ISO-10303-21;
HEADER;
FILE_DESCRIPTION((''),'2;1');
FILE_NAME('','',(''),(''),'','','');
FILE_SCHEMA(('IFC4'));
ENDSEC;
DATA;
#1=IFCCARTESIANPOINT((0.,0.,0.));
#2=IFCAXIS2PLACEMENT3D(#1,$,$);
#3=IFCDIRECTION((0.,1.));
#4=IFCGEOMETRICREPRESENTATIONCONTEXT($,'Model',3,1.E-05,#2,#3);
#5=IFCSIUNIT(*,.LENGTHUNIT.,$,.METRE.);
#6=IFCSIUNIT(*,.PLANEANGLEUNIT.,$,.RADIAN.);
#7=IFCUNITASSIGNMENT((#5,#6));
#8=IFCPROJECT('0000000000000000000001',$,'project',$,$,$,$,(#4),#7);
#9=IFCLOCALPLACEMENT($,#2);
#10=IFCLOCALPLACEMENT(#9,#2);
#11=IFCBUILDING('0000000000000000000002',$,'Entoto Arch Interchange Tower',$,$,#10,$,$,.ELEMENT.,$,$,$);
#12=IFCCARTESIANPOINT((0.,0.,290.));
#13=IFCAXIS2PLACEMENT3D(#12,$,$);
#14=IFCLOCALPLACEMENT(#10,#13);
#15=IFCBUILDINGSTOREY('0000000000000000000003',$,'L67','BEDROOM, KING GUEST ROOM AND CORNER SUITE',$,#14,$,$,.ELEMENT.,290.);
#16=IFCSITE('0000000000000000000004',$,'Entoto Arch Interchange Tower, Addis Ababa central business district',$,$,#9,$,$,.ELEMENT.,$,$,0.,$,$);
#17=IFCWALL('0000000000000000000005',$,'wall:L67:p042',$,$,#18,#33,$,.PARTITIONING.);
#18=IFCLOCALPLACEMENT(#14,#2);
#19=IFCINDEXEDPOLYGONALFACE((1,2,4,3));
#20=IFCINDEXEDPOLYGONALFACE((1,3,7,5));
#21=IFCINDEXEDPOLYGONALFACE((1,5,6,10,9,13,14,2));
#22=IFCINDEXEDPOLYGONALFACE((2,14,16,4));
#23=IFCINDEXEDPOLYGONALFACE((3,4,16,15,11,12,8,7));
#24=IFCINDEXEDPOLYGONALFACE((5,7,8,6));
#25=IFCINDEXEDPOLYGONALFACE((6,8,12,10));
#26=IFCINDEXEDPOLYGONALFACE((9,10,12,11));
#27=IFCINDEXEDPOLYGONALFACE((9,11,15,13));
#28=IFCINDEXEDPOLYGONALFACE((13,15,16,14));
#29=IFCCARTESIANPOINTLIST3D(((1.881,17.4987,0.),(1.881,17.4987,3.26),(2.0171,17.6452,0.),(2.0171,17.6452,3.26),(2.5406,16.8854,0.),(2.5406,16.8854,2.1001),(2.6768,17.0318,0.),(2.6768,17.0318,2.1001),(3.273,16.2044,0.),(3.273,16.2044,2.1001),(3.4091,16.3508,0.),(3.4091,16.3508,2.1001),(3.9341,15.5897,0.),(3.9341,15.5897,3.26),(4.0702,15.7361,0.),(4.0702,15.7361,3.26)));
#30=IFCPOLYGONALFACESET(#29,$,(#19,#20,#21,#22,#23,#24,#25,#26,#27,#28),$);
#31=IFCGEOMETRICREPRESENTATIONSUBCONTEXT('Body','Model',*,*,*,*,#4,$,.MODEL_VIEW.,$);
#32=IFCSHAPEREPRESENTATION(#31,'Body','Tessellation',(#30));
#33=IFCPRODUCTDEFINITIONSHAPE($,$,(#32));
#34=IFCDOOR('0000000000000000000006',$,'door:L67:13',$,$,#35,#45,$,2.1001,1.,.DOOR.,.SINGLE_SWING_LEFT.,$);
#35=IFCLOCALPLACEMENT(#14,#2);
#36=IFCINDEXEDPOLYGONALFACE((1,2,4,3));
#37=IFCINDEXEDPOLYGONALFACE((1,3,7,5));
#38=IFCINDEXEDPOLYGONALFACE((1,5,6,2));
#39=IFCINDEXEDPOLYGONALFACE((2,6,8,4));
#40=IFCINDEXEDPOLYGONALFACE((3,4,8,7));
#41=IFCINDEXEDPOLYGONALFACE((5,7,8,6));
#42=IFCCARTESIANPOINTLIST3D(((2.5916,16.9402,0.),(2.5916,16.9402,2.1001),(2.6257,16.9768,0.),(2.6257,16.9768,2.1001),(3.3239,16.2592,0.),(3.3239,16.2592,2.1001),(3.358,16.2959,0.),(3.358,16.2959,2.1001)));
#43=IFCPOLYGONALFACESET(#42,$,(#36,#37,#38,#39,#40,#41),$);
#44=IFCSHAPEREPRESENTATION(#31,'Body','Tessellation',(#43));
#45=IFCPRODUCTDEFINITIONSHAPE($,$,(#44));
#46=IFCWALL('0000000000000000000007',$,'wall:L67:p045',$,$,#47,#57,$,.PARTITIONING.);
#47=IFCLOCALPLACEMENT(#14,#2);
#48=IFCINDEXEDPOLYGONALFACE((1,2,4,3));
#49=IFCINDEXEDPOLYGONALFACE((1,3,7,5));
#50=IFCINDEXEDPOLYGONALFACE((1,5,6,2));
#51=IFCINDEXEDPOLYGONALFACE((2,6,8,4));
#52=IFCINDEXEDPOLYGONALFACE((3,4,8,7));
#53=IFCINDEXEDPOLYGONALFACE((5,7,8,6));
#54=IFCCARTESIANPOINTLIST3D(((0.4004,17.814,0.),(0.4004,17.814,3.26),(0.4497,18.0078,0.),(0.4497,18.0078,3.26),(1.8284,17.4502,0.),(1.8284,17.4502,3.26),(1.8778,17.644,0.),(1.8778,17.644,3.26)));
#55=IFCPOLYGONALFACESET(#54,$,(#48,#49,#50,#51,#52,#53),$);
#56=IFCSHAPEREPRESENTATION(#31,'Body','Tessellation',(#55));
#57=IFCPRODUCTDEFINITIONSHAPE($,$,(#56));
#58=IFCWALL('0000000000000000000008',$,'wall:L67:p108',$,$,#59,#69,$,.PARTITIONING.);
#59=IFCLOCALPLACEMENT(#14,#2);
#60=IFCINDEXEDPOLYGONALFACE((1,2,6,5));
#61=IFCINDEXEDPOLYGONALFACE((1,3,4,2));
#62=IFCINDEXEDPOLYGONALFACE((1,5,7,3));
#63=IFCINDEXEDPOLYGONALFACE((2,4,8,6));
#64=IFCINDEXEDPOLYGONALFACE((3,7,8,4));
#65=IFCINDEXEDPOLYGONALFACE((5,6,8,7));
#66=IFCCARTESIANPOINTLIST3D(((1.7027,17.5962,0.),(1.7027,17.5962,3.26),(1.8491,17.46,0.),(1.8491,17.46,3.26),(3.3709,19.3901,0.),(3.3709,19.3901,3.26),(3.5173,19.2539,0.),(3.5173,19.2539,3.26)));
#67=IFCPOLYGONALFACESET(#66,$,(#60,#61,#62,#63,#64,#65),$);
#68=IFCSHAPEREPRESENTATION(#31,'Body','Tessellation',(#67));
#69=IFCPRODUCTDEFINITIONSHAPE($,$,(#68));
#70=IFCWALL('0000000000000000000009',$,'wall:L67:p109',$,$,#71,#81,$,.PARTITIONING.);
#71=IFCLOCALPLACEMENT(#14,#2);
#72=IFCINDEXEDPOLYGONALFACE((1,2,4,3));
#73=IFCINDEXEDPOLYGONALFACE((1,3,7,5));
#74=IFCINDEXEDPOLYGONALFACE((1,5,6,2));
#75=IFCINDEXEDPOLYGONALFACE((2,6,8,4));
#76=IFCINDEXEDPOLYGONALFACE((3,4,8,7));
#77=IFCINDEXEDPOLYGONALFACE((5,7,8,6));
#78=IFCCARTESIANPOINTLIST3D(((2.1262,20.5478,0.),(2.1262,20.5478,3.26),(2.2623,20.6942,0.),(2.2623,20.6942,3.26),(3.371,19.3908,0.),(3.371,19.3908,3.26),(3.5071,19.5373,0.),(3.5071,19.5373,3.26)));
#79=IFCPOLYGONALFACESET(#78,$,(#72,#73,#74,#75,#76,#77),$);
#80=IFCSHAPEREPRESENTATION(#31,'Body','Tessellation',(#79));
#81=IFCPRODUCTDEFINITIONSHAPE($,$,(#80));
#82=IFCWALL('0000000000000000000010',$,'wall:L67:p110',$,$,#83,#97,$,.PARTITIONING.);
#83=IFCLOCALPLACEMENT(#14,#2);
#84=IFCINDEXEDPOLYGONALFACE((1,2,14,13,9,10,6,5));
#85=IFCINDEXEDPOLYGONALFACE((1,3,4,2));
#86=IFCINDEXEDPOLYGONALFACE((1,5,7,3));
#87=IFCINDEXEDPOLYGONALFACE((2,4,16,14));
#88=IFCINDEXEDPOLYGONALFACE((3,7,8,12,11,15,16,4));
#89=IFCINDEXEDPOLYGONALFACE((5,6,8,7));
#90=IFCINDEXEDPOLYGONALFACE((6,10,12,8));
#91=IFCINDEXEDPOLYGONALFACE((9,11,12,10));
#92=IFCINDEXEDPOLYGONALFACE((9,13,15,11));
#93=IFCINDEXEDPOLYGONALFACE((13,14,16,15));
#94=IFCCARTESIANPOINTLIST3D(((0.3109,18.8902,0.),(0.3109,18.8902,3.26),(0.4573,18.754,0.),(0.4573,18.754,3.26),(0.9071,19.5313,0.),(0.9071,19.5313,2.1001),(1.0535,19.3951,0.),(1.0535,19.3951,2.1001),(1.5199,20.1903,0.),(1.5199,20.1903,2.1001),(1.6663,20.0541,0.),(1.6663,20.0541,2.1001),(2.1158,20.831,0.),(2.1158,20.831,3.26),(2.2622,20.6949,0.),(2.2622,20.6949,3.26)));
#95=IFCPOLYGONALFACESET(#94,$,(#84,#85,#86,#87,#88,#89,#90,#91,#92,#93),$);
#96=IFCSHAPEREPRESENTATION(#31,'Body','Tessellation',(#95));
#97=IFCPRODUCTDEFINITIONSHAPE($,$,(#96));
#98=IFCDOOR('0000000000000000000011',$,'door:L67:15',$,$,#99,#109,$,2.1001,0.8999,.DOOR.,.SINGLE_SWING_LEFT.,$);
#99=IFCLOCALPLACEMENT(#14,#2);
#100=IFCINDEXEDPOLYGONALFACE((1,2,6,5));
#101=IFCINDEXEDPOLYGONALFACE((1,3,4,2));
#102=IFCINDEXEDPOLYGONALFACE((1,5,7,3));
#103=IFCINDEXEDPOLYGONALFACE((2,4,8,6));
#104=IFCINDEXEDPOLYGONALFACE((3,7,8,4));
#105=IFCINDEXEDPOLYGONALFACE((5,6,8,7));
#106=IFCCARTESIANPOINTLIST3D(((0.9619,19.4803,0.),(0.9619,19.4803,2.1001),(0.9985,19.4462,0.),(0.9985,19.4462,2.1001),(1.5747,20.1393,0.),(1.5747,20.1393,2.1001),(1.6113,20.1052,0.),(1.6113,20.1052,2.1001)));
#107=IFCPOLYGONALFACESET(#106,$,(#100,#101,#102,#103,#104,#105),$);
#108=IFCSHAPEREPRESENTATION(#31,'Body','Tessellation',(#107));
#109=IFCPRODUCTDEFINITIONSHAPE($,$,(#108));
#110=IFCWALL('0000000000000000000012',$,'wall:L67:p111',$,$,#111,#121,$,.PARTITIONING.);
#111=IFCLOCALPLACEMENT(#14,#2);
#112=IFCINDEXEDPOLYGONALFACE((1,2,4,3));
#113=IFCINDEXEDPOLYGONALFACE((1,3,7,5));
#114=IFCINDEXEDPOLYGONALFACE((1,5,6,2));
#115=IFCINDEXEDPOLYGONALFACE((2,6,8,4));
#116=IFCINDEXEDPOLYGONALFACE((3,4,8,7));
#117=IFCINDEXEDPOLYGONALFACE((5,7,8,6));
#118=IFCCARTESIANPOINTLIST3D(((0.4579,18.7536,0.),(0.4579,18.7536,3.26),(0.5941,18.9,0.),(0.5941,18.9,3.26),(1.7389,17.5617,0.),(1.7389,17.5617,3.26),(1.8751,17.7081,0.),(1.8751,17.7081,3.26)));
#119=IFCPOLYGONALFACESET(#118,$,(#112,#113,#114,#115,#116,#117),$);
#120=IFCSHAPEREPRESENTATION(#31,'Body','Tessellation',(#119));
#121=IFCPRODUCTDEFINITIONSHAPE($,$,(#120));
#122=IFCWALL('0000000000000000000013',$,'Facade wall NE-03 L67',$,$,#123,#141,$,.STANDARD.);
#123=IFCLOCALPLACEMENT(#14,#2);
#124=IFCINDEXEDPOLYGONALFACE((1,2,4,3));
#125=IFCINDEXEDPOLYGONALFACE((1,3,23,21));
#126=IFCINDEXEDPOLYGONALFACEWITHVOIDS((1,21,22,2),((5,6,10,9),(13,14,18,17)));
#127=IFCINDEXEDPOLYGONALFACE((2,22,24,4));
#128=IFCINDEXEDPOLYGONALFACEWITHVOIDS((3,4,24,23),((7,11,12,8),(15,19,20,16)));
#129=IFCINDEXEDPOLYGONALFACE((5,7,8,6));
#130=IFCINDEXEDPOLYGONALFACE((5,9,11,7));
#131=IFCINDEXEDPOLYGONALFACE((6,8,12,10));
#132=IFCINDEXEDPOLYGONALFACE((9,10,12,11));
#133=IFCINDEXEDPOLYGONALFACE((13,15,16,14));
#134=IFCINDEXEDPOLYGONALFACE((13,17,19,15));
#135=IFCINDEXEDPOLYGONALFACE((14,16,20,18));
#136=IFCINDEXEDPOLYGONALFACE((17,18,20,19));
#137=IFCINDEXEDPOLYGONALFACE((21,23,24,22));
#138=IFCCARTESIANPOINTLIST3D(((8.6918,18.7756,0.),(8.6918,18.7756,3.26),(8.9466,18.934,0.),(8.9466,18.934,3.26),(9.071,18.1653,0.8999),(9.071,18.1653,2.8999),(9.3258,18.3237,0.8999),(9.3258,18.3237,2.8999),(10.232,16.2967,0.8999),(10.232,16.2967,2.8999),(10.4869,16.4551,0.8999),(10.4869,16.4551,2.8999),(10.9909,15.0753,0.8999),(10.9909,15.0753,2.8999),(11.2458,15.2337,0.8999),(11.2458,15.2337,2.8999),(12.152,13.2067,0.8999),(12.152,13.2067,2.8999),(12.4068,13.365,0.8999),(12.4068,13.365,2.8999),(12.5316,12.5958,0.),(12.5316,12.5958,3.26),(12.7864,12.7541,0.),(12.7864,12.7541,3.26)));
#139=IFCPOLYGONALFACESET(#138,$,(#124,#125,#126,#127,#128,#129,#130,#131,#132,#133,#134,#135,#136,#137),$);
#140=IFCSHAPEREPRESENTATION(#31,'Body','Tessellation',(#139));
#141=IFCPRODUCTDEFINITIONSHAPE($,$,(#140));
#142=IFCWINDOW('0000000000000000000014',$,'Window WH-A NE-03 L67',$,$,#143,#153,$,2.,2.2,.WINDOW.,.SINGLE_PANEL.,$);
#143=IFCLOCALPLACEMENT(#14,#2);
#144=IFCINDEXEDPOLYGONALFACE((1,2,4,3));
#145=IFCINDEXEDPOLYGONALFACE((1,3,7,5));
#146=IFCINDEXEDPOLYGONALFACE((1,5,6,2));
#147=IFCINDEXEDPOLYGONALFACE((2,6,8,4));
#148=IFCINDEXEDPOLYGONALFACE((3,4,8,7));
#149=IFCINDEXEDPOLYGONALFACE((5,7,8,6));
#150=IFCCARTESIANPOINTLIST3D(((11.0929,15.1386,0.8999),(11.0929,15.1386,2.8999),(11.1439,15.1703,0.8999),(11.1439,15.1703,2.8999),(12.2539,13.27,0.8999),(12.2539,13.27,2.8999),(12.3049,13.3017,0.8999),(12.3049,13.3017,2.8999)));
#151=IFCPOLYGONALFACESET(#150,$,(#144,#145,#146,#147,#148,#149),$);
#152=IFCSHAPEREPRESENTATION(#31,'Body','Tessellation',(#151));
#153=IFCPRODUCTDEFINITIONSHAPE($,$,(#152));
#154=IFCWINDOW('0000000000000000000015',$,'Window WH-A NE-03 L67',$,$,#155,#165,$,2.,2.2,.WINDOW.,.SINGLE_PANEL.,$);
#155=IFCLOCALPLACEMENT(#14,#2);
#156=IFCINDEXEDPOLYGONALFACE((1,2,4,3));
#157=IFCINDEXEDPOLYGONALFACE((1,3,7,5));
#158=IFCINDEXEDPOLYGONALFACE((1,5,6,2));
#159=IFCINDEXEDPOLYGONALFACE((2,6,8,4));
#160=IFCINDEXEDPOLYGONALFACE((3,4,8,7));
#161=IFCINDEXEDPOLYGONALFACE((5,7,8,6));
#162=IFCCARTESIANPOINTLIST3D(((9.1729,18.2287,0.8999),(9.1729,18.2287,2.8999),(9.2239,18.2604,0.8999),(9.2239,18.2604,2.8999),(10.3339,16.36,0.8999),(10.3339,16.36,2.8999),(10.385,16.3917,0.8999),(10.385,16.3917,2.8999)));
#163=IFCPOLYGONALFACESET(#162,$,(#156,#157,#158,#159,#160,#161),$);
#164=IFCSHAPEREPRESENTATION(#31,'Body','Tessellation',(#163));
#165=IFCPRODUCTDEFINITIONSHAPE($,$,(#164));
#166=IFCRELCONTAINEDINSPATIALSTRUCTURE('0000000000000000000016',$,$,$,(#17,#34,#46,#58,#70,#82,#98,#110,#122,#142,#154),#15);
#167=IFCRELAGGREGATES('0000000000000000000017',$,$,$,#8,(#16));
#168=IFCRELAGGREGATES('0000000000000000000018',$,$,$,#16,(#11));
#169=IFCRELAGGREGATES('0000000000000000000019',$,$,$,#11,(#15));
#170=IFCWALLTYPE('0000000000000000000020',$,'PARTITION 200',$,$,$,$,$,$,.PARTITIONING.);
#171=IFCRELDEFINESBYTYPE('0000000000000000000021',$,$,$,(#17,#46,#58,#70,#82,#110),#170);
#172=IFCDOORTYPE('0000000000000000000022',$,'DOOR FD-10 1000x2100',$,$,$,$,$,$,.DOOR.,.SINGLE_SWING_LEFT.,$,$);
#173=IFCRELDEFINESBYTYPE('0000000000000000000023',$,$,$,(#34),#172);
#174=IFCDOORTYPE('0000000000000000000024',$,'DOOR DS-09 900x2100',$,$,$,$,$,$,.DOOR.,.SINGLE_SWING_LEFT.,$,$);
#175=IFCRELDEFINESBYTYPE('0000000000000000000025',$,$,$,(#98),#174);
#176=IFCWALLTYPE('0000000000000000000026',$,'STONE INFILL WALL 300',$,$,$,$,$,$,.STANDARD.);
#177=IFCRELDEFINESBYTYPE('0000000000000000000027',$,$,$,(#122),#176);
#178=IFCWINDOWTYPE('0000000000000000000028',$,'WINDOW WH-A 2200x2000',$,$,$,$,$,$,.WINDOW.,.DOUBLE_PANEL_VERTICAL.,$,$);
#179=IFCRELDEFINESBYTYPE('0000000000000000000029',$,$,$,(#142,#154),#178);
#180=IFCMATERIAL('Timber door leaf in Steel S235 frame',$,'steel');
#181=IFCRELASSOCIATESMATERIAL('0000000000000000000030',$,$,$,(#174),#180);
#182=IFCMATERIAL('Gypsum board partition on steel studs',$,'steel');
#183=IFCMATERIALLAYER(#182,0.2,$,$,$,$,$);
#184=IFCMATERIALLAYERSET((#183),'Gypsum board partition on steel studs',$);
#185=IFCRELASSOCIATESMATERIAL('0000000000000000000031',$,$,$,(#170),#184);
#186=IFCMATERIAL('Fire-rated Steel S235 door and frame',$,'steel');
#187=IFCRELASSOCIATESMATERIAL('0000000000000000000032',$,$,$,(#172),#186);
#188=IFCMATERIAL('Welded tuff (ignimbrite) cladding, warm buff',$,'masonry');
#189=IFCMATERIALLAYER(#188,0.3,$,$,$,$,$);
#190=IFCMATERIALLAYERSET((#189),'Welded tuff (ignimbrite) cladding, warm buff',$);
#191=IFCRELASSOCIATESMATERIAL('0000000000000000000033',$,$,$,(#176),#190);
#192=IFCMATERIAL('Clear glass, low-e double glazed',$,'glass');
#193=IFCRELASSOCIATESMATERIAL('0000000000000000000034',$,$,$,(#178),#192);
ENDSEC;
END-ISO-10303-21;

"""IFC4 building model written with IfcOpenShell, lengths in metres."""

from ifc_helpers import new_model, si_unit, direction, frame, frame_2d, origin, place, context, subcontext, project, spatial, rectangle, extrude, material, layer, layer_set, type_object, element, fill, save


model = new_model("IFC4")

# Units and contexts
model_context = context("Model", 3, precision=1e-05, world=origin(), true_north=direction((0.0, 1.0)))
body_context = subcontext(model_context, "Body", "Model", "MODEL_VIEW")
ifc_project = project(units=[si_unit("LENGTHUNIT", "METRE"), si_unit("PLANEANGLEUNIT", "RADIAN")], contexts=[model_context])

# Site, building, storey
site_placement = place(None, origin())
site = spatial("IfcSite", under=ifc_project, at=site_placement, Name="Entoto Arch Interchange Tower, Addis Ababa central business district", CompositionType="ELEMENT", RefElevation=0.0)
building_placement = place(site_placement, origin())
building = spatial("IfcBuilding", under=site, at=building_placement, Name="Entoto Arch Interchange Tower", CompositionType="ELEMENT")
storey_placement = place(building_placement, frame((0.0, 0.0, 290.0)))
storey = spatial("IfcBuildingStorey", under=building, at=storey_placement, Name="L67", Description="BEDROOM, KING GUEST ROOM AND CORNER SUITE", CompositionType="ELEMENT", Elevation=290.0)

# Shared definitions
ifc_material_1 = material(Name="Gypsum board partition on steel studs", Category="steel")
ifc_material_2 = material(Name="Timber door leaf in Steel S235 frame", Category="steel")
door_type_1 = type_object("IfcDoorType", Name="DOOR DS-09 900x2100", OperationType="SINGLE_SWING_LEFT", PredefinedType="DOOR", material=ifc_material_2)

# Shared definitions
ifc_layer_1 = layer(ifc_material_1, 0.2)
ifc_layer_set_1 = layer_set([ifc_layer_1], Name="Gypsum board partition on steel studs")
wall_type_1 = type_object("IfcWallType", Name="PARTITION 200", PredefinedType="PARTITIONING", material=ifc_layer_set_1)

# Wall, opening, door
ifc_material_3 = material(Name="Fire-rated Steel S235 door and frame", Category="steel")
door_type_2 = type_object("IfcDoorType", Name="DOOR FD-10 1000x2100", OperationType="SINGLE_SWING_LEFT", PredefinedType="DOOR", material=ifc_material_3)
wall_1_placement = place(storey_placement, frame((1.949, 17.572, 0.0), z_axis=(0.0, 0.0, 1.0), x_axis=(0.732331, -0.680949, 0.0)))
wall_1 = element("IfcWall", 1, at=wall_1_placement, inside=storey, type_object=wall_type_1, Name="wall:L67:p042", PredefinedType="PARTITIONING", context=body_context, shape_type="SweptSolid", body=[
    extrude(rectangle(XDim=2.8035, YDim=0.2, at=frame_2d((1.4019, 0.0))), origin(), (0.0, 0.0, 1.0), 3.26),
])
opening_1_placement = place(wall_1_placement, frame((0.9009, 0.0, 0.0)))
opening_1 = element("IfcOpeningElement", 2, at=opening_1_placement, cuts=wall_1, PredefinedType="OPENING", context=body_context, shape_type="SweptSolid", body=[
    extrude(rectangle(XDim=1.0, YDim=2.1001, at=frame_2d((0.5, 1.05))), frame((0.0, 0.1099, 0.0), z_axis=(0.0, -1.0, 0.0), x_axis=(1.0, 0.0, 0.0)), (0.0, 0.0, 1.0), 0.22),
])
door_1_placement = place(opening_1_placement, origin())
door_1 = element("IfcDoor", 3, at=door_1_placement, inside=storey, type_object=door_type_2, Name="door:L67:13", OperationType="SINGLE_SWING_LEFT", OverallHeight=2.1001, OverallWidth=1.0, PredefinedType="DOOR", context=body_context, shape_type="SweptSolid", body=[
    extrude(rectangle(XDim=1.0, YDim=2.1001, at=frame_2d((0.5, 1.05))), frame((0.0, 0.0249, 0.0), z_axis=(0.0, -1.0, 0.0), x_axis=(1.0, 0.0, 0.0)), (0.0, 0.0, 1.0), 0.05),
])
fill(opening_1, door_1)

# Walls
wall_2_placement = place(storey_placement, frame((0.425, 17.9109, 0.0), z_axis=(0.0, 0.0, 1.0), x_axis=(0.969051, -0.24686, 0.0)))
element("IfcWall", 4, at=wall_2_placement, inside=storey, type_object=wall_type_1, Name="wall:L67:p045", PredefinedType="PARTITIONING", context=body_context, shape_type="SweptSolid", body=[
    extrude(rectangle(XDim=1.4736, YDim=0.2, at=frame_2d((0.7368, 0.0))), origin(), (0.0, 0.0, 1.0), 3.26),
])
wall_3_placement = place(storey_placement, frame((1.7759, 17.5281, 0.0), z_axis=(0.0, 0.0, 1.0), x_axis=(0.680978, 0.732303, 0.0)))
element("IfcWall", 5, at=wall_3_placement, inside=storey, type_object=wall_type_1, Name="wall:L67:p108", PredefinedType="PARTITIONING", context=body_context, shape_type="SweptSolid", body=[
    extrude(rectangle(XDim=2.4497, YDim=0.2, at=frame_2d((1.2249, 0.0))), origin(), (0.0, 0.0, 1.0), 3.26),
])
wall_4_placement = place(storey_placement, frame((3.439, 19.4641, 0.0), z_axis=(0.0, 0.0, 1.0), x_axis=(-0.732492, 0.680776, 0.0)))
element("IfcWall", 6, at=wall_4_placement, inside=storey, type_object=wall_type_1, Name="wall:L67:p109", PredefinedType="PARTITIONING", context=body_context, shape_type="SweptSolid", body=[
    extrude(rectangle(XDim=1.6995, YDim=0.2, at=frame_2d((0.8496, 0.0))), origin(), (0.0, 0.0, 1.0), 3.26),
])

# Wall, opening, door
wall_5_placement = place(storey_placement, frame((2.189, 20.7629, 0.0), z_axis=(0.0, 0.0, 1.0), x_axis=(-0.680988, -0.732295, 0.0)))
wall_5 = element("IfcWall", 7, at=wall_5_placement, inside=storey, type_object=wall_type_1, Name="wall:L67:p110", PredefinedType="PARTITIONING", context=body_context, shape_type="SweptSolid", body=[
    extrude(rectangle(XDim=2.6504, YDim=0.2, at=frame_2d((1.3252, 0.0))), origin(), (0.0, 0.0, 1.0), 3.26),
])
opening_2_placement = place(wall_5_placement, frame((0.875, 0.0, 0.0)))
opening_2 = element("IfcOpeningElement", 8, at=opening_2_placement, cuts=wall_5, PredefinedType="OPENING", context=body_context, shape_type="SweptSolid", body=[
    extrude(rectangle(XDim=0.8999, YDim=2.1001, at=frame_2d((0.45, 1.05))), frame((0.0, 0.1099, 0.0), z_axis=(0.0, -1.0, 0.0), x_axis=(1.0, 0.0, 0.0)), (0.0, 0.0, 1.0), 0.22),
])
door_2_placement = place(opening_2_placement, origin())
door_2 = element("IfcDoor", 9, at=door_2_placement, inside=storey, type_object=door_type_1, Name="door:L67:15", OperationType="SINGLE_SWING_LEFT", OverallHeight=2.1001, OverallWidth=0.8999, PredefinedType="DOOR", context=body_context, shape_type="SweptSolid", body=[
    extrude(rectangle(XDim=0.8999, YDim=2.1001, at=frame_2d((0.45, 1.05))), frame((0.0, 0.0249, 0.0), z_axis=(0.0, -1.0, 0.0), x_axis=(1.0, 0.0, 0.0)), (0.0, 0.0, 1.0), 0.05),
])
fill(opening_2, door_2)

# Wall
wall_6_placement = place(storey_placement, frame((0.5259, 18.8269, 0.0), z_axis=(0.0, 0.0, 1.0), x_axis=(0.732112, -0.681184, 0.0)))
element("IfcWall", 10, at=wall_6_placement, inside=storey, type_object=wall_type_1, Name="wall:L67:p111", PredefinedType="PARTITIONING", context=body_context, shape_type="SweptSolid", body=[
    extrude(rectangle(XDim=1.7498, YDim=0.2, at=frame_2d((0.875, 0.0))), origin(), (0.0, 0.0, 1.0), 3.26),
])

# Wall, openings, windows
ifc_material_4 = material(Name="Welded tuff (ignimbrite) cladding, warm buff", Category="masonry")
ifc_layer_2 = layer(ifc_material_4, 0.3)
ifc_layer_set_2 = layer_set([ifc_layer_2], Name="Welded tuff (ignimbrite) cladding, warm buff")
wall_type_2 = type_object("IfcWallType", Name="STONE INFILL WALL 300", PredefinedType="STANDARD", material=ifc_layer_set_2)
wall_7_placement = place(storey_placement, frame((12.6589, 12.675, 0.0), z_axis=(0.0, 0.0, 1.0), x_axis=(-0.527762, 0.849392, 0.0)))
wall_7 = element("IfcWall", 11, at=wall_7_placement, inside=storey, type_object=wall_type_2, Name="Facade wall NE-03 L67", PredefinedType="STANDARD", context=body_context, shape_type="SweptSolid", body=[
    extrude(rectangle(XDim=7.2756, YDim=0.3, at=frame_2d((3.6377, 0.0))), origin(), (0.0, 0.0, 1.0), 3.26),
])
opening_3_placement = place(wall_7_placement, frame((0.719, 0.0, 0.8999)))
opening_3 = element("IfcOpeningElement", 12, at=opening_3_placement, cuts=wall_7, PredefinedType="OPENING", context=body_context, shape_type="SweptSolid", body=[
    extrude(rectangle(XDim=2.2, YDim=2.0, at=frame_2d((1.1001, 1.0))), frame((0.0, 0.1602, 0.0), z_axis=(0.0, -1.0, 0.0), x_axis=(1.0, 0.0, 0.0)), (0.0, 0.0, 1.0), 0.3201),
])
opening_4_placement = place(wall_7_placement, frame((4.3569, 0.0, 0.8999)))
opening_4 = element("IfcOpeningElement", 13, at=opening_4_placement, cuts=wall_7, PredefinedType="OPENING", context=body_context, shape_type="SweptSolid", body=[
    extrude(rectangle(XDim=2.2, YDim=2.0, at=frame_2d((1.1001, 1.0))), frame((0.0, 0.1602, 0.0), z_axis=(0.0, -1.0, 0.0), x_axis=(1.0, 0.0, 0.0)), (0.0, 0.0, 1.0), 0.3201),
])
ifc_material_5 = material(Name="Clear glass, low-e double glazed", Category="glass")
window_type_1 = type_object("IfcWindowType", Name="WINDOW WH-A 2200x2000", PartitioningType="DOUBLE_PANEL_VERTICAL", PredefinedType="WINDOW", material=ifc_material_5)
window_1_placement = place(opening_3_placement, origin())
window_1 = element("IfcWindow", 14, at=window_1_placement, inside=storey, type_object=window_type_1, Name="Window WH-A NE-03 L67", OverallHeight=2.0, OverallWidth=2.2, PartitioningType="SINGLE_PANEL", PredefinedType="WINDOW", context=body_context, shape_type="SweptSolid", body=[
    extrude(rectangle(XDim=2.2, YDim=2.0, at=frame_2d((1.1001, 1.0))), frame((0.0, 0.03, 0.0), z_axis=(0.0, -1.0, 0.0), x_axis=(1.0, 0.0, 0.0)), (0.0, 0.0, 1.0), 0.0601),
])
fill(opening_3, window_1)
window_2_placement = place(opening_4_placement, origin())
window_2 = element("IfcWindow", 15, at=window_2_placement, inside=storey, type_object=window_type_1, Name="Window WH-A NE-03 L67", OverallHeight=2.0, OverallWidth=2.2, PartitioningType="SINGLE_PANEL", PredefinedType="WINDOW", context=body_context, shape_type="SweptSolid", body=[
    extrude(rectangle(XDim=2.2, YDim=2.0, at=frame_2d((1.1001, 1.0))), frame((0.0, 0.03, 0.0), z_axis=(0.0, -1.0, 0.0), x_axis=(1.0, 0.0, 0.0)), (0.0, 0.0, 1.0), 0.0601),
])
fill(opening_4, window_2)

save(model, "model.ifc")
